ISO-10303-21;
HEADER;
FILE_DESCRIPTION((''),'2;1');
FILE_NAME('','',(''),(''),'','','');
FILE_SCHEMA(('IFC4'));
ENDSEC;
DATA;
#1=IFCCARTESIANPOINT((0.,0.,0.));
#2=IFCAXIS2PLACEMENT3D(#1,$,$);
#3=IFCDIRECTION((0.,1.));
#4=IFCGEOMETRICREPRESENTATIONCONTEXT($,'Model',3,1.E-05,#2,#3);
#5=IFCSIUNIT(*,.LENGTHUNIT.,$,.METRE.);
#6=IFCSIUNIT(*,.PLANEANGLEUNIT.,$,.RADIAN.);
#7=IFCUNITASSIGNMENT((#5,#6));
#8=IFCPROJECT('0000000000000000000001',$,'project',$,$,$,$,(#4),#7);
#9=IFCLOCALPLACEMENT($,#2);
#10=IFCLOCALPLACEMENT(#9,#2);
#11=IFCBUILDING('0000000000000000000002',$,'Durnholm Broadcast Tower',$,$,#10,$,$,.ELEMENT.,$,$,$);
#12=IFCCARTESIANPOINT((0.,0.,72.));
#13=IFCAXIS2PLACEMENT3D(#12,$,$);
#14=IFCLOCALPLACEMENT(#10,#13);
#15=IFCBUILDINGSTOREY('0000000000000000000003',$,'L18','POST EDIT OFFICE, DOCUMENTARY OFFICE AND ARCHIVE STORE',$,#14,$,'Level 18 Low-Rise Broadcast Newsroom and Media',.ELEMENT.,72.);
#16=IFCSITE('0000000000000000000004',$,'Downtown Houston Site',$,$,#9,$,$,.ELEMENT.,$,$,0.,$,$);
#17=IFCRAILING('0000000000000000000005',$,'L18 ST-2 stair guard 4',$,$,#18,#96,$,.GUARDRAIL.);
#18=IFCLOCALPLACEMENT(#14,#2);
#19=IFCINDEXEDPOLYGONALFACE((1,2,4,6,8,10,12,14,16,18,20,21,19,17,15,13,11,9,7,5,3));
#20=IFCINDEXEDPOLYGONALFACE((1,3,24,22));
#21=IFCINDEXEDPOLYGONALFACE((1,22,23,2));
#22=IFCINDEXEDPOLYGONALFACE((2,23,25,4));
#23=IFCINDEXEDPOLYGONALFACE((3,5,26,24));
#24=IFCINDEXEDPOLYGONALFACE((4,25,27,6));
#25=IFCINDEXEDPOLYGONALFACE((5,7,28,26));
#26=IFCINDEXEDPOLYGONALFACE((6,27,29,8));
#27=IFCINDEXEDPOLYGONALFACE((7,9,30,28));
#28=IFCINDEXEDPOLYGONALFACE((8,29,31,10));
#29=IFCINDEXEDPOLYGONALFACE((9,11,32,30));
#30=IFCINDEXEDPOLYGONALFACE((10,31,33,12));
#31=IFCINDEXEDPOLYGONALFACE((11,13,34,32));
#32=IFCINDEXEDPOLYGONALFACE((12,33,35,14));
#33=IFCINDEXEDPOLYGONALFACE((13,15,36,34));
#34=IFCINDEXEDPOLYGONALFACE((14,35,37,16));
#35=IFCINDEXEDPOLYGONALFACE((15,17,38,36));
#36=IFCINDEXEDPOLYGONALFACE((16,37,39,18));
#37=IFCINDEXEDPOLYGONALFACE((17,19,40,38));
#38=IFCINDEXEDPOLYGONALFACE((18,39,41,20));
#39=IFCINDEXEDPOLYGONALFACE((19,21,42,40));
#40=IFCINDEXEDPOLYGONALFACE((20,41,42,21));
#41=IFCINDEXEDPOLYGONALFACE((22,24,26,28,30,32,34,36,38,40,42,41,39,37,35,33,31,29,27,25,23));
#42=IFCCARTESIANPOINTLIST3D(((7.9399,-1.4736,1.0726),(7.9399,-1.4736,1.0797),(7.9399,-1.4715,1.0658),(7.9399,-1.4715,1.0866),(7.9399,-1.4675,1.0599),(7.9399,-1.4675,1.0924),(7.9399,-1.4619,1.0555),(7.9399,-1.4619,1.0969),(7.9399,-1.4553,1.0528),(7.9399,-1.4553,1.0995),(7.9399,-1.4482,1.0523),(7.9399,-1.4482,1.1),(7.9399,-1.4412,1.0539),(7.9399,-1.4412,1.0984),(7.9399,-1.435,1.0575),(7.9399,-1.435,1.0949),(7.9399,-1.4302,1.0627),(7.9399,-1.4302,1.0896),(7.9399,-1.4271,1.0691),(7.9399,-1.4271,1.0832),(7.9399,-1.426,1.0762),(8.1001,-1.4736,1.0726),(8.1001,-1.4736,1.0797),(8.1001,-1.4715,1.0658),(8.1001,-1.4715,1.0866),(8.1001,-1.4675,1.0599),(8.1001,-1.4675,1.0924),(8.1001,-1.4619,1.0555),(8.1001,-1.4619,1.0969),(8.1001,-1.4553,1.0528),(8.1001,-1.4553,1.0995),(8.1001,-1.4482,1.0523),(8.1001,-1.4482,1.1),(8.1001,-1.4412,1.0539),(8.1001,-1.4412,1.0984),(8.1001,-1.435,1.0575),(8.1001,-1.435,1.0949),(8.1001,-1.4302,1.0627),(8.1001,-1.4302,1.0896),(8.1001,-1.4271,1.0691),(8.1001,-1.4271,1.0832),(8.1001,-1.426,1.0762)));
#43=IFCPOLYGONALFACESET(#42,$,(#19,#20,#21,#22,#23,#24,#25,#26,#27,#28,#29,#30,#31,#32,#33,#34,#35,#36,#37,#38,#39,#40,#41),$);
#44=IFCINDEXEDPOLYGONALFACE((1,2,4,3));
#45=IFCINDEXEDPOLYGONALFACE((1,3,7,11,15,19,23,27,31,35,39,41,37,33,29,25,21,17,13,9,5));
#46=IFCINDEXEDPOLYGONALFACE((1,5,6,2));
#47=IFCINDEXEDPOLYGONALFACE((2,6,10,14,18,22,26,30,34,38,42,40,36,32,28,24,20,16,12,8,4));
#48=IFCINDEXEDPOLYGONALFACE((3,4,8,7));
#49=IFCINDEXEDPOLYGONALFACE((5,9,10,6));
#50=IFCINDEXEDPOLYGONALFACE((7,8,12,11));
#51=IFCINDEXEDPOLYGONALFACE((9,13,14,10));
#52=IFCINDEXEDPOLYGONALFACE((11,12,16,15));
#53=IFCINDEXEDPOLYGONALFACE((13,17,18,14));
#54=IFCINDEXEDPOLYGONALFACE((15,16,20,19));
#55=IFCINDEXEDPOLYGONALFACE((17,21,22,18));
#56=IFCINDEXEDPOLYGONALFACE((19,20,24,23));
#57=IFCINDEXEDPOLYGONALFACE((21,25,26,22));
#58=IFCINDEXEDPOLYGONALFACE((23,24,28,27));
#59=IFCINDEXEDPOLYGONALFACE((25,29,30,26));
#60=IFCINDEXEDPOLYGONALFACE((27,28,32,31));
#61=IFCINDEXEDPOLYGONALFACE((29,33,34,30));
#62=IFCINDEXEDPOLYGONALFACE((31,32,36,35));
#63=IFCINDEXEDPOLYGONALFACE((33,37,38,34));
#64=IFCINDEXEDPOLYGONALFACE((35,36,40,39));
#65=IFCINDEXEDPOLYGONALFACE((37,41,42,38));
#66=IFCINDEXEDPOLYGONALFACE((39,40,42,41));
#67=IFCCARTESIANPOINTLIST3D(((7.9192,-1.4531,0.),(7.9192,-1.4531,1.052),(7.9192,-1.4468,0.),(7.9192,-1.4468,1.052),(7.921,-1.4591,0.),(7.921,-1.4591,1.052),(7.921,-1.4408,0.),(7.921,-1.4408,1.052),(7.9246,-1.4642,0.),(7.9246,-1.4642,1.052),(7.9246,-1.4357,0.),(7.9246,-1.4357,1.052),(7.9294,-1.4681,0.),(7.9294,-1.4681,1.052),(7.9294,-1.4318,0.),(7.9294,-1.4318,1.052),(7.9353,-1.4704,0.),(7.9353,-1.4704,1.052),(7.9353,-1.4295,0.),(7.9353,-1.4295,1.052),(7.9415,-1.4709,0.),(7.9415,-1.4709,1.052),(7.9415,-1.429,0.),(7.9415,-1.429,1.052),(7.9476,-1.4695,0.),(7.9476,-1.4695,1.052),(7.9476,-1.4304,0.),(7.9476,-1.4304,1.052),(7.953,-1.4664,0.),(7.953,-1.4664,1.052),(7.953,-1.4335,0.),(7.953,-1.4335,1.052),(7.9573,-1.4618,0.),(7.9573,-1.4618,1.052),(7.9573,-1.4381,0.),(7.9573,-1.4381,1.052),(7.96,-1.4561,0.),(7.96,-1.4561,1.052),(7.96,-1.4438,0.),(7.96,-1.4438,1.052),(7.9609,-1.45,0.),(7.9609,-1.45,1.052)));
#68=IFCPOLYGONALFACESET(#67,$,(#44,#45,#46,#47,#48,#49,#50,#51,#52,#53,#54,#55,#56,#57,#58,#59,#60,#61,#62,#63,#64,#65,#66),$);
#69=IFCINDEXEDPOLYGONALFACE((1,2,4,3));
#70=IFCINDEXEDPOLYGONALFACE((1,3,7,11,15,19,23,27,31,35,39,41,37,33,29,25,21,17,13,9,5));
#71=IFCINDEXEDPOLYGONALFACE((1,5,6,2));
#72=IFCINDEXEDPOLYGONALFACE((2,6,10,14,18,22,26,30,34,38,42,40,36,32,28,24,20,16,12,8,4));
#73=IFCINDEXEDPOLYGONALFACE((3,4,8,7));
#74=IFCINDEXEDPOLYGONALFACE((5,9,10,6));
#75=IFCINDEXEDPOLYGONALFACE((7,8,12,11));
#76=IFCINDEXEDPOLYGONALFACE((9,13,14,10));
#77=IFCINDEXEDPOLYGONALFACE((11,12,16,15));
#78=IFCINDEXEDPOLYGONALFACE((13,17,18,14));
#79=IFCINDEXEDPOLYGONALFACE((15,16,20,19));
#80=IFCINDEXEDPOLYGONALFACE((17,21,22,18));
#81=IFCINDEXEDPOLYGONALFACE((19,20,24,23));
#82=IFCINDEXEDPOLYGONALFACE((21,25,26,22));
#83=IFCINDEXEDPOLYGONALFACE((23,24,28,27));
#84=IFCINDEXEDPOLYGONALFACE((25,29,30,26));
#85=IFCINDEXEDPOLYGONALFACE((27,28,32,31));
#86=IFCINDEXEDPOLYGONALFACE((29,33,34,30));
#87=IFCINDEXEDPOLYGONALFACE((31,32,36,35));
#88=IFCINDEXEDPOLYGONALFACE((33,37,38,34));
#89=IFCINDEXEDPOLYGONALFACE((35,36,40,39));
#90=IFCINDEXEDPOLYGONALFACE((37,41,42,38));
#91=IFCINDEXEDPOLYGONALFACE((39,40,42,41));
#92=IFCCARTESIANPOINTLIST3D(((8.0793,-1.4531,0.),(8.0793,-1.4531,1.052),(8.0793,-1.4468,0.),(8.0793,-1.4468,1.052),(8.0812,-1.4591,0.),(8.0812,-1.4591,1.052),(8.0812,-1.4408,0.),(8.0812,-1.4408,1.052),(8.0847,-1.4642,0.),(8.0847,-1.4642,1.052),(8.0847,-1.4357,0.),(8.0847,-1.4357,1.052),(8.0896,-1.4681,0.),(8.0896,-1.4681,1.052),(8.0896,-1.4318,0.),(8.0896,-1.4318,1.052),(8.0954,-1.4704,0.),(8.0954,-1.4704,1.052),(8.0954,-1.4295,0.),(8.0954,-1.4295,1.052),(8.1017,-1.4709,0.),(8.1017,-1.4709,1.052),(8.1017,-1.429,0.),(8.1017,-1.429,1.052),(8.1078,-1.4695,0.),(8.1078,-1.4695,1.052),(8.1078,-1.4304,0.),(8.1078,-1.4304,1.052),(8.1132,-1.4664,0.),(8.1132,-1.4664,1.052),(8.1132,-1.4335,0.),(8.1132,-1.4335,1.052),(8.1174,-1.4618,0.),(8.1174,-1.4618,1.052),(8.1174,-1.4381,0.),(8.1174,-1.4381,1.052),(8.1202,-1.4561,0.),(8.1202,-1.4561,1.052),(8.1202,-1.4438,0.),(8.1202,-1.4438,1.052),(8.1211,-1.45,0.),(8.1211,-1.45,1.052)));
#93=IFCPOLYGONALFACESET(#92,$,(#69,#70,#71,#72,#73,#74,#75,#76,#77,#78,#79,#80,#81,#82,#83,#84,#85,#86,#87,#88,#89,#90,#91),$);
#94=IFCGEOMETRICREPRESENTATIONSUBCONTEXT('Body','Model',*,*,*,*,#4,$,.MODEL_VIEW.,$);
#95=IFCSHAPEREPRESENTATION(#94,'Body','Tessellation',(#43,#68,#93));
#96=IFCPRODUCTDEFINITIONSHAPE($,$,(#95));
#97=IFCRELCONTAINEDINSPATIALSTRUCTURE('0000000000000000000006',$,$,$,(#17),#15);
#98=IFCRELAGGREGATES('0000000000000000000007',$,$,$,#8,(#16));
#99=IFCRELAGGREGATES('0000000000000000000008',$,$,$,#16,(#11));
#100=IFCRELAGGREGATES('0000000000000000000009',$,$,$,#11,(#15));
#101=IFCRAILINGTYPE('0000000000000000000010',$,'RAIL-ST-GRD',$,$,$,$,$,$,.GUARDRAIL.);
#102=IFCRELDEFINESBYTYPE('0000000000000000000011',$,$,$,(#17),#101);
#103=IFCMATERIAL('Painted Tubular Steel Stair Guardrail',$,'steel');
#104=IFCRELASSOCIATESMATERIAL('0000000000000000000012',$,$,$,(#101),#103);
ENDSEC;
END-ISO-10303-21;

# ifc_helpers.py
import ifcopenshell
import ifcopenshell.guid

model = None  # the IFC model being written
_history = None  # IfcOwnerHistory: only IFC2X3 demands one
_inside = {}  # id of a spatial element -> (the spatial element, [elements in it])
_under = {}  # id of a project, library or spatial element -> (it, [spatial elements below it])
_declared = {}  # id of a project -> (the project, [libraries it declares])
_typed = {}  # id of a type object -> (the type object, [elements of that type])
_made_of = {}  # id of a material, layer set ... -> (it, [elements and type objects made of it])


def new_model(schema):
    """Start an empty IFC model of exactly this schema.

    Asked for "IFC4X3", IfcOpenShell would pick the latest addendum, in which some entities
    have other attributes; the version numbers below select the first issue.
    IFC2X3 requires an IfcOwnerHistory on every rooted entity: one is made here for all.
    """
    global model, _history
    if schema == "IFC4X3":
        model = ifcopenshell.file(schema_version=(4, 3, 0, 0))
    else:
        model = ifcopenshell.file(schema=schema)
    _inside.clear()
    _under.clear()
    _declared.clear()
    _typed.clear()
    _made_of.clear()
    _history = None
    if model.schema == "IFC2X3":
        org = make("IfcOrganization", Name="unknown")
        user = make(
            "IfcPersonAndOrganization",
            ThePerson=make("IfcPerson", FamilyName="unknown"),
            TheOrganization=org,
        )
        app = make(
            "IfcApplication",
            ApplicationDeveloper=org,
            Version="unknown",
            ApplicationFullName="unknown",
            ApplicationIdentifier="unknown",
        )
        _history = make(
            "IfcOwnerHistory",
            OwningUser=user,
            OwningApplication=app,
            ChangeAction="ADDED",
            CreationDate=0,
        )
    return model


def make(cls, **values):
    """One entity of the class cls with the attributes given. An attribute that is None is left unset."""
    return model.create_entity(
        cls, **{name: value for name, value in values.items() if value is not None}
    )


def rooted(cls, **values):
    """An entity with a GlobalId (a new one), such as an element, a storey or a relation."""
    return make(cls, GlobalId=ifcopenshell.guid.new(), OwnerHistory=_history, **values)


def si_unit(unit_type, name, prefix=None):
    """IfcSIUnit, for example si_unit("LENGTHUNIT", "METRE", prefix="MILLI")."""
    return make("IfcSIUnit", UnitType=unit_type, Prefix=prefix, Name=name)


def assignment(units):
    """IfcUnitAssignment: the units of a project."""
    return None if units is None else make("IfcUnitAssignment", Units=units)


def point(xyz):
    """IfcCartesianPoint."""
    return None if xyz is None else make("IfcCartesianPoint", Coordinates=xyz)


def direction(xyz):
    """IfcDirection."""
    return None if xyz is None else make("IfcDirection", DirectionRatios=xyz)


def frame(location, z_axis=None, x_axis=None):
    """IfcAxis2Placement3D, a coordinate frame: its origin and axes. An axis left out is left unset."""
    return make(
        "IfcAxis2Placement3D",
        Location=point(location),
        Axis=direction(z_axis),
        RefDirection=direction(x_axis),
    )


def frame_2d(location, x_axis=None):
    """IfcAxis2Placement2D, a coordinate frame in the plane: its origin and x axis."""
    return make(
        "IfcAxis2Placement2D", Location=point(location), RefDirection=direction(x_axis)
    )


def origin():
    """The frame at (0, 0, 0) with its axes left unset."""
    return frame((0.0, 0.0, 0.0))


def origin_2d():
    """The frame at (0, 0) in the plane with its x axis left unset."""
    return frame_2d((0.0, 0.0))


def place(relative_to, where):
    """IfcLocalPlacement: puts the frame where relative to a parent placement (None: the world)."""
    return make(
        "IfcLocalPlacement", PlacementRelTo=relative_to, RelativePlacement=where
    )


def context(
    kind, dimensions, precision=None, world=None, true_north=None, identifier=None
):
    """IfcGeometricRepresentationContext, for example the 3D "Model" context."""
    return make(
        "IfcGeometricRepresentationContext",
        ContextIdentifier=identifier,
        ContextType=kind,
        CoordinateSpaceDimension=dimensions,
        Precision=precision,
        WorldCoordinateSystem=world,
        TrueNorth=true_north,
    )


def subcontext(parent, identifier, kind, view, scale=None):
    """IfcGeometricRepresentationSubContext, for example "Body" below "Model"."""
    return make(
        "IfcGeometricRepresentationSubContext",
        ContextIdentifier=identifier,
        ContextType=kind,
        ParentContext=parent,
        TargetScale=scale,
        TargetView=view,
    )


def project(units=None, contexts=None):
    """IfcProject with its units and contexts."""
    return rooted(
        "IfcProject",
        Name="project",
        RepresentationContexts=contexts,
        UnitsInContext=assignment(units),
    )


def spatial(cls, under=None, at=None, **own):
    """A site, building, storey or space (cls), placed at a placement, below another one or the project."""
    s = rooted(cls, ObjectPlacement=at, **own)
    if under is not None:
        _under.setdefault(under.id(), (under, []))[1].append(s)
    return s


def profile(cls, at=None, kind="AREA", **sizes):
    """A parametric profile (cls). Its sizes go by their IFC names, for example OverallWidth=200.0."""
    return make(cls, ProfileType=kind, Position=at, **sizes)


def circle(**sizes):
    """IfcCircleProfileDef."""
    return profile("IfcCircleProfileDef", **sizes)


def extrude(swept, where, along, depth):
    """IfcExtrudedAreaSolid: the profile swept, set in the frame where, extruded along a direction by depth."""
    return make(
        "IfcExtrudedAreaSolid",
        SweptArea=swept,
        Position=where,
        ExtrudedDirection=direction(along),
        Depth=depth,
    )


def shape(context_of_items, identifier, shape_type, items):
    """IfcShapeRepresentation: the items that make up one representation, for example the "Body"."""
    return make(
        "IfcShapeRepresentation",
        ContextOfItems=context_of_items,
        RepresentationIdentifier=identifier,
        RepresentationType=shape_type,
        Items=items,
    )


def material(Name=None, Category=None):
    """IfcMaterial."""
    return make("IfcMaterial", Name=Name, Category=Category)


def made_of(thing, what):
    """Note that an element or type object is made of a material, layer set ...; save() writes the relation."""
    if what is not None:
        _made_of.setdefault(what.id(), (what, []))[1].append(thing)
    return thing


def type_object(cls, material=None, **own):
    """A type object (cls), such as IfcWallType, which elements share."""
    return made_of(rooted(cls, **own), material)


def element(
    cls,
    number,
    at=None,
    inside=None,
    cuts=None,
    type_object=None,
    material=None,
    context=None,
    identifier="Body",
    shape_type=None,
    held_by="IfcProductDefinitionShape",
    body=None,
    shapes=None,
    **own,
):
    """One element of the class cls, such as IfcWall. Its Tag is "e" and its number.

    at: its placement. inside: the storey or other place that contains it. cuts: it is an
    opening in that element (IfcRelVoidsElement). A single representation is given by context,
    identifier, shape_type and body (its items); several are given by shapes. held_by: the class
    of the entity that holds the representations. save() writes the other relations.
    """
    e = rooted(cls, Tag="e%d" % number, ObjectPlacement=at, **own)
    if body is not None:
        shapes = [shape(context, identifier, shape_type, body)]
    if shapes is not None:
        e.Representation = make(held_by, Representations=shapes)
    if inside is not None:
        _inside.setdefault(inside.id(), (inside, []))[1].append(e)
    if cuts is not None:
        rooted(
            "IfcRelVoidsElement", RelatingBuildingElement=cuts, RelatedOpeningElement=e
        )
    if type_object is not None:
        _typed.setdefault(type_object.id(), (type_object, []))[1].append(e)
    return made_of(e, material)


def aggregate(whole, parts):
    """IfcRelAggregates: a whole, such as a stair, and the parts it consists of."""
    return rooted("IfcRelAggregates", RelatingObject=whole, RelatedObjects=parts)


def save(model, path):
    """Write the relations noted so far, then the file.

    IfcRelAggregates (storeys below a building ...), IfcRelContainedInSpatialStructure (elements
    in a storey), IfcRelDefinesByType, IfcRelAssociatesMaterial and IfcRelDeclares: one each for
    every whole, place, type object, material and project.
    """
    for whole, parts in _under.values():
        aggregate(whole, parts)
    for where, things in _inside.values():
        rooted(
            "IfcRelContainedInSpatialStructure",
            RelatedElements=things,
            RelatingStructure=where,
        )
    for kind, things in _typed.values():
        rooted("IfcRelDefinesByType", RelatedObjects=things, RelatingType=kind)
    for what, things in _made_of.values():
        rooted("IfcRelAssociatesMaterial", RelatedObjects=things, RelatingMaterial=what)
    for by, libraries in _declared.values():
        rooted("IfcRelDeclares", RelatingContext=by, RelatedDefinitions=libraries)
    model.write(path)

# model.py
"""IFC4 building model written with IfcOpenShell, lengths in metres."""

from ifc_helpers import new_model, si_unit, direction, frame, origin, origin_2d, place, context, subcontext, project, spatial, circle, extrude, material, type_object, element, save


model = new_model("IFC4")

# Units and contexts
model_context = context("Model", 3, precision=1e-05, world=origin(), true_north=direction((0.0, 1.0)))
body_context = subcontext(model_context, "Body", "Model", "MODEL_VIEW")
ifc_project = project(units=[si_unit("LENGTHUNIT", "METRE"), si_unit("PLANEANGLEUNIT", "RADIAN")], contexts=[model_context])

# Site, building, storey
site_placement = place(None, origin())
site = spatial("IfcSite", under=ifc_project, at=site_placement, Name="Downtown Houston Site", CompositionType="ELEMENT", RefElevation=0.0)
building_placement = place(site_placement, origin())
building = spatial("IfcBuilding", under=site, at=building_placement, Name="Durnholm Broadcast Tower", CompositionType="ELEMENT")
storey_placement = place(building_placement, frame((0.0, 0.0, 72.0)))
storey = spatial("IfcBuildingStorey", under=building, at=storey_placement, Name="L18", Description="POST EDIT OFFICE, DOCUMENTARY OFFICE AND ARCHIVE STORE", LongName="Level 18 Low-Rise Broadcast Newsroom and Media", CompositionType="ELEMENT", Elevation=72.0)

# Railing
ifc_material_1 = material(Name="Painted Tubular Steel Stair Guardrail", Category="steel")
railing_type_1 = type_object("IfcRailingType", Name="RAIL-ST-GRD", PredefinedType="GUARDRAIL", material=ifc_material_1)
railing_1_placement = place(storey_placement, frame((7.9399, -1.45, 0.0)))
element("IfcRailing", 1, at=railing_1_placement, inside=storey, type_object=railing_type_1, Name="L18 ST-2 stair guard 4", PredefinedType="GUARDRAIL", context=body_context, shape_type="SweptSolid", body=[
    extrude(circle(Radius=0.0239, at=origin_2d()), frame((0.0, 0.0, 1.0762), z_axis=(1.0, 0.0, 0.0), x_axis=(0.0, 1.0, 0.0)), (0.0, 0.0, 1.0), 0.1602),
    extrude(circle(Radius=0.021, at=origin_2d()), origin(), (0.0, 0.0, 1.0), 1.052),
    extrude(circle(Radius=0.021, at=origin_2d()), frame((0.1602, 0.0, 0.0)), (0.0, 0.0, 1.0), 1.052),
])

save(model, "model.ifc")
